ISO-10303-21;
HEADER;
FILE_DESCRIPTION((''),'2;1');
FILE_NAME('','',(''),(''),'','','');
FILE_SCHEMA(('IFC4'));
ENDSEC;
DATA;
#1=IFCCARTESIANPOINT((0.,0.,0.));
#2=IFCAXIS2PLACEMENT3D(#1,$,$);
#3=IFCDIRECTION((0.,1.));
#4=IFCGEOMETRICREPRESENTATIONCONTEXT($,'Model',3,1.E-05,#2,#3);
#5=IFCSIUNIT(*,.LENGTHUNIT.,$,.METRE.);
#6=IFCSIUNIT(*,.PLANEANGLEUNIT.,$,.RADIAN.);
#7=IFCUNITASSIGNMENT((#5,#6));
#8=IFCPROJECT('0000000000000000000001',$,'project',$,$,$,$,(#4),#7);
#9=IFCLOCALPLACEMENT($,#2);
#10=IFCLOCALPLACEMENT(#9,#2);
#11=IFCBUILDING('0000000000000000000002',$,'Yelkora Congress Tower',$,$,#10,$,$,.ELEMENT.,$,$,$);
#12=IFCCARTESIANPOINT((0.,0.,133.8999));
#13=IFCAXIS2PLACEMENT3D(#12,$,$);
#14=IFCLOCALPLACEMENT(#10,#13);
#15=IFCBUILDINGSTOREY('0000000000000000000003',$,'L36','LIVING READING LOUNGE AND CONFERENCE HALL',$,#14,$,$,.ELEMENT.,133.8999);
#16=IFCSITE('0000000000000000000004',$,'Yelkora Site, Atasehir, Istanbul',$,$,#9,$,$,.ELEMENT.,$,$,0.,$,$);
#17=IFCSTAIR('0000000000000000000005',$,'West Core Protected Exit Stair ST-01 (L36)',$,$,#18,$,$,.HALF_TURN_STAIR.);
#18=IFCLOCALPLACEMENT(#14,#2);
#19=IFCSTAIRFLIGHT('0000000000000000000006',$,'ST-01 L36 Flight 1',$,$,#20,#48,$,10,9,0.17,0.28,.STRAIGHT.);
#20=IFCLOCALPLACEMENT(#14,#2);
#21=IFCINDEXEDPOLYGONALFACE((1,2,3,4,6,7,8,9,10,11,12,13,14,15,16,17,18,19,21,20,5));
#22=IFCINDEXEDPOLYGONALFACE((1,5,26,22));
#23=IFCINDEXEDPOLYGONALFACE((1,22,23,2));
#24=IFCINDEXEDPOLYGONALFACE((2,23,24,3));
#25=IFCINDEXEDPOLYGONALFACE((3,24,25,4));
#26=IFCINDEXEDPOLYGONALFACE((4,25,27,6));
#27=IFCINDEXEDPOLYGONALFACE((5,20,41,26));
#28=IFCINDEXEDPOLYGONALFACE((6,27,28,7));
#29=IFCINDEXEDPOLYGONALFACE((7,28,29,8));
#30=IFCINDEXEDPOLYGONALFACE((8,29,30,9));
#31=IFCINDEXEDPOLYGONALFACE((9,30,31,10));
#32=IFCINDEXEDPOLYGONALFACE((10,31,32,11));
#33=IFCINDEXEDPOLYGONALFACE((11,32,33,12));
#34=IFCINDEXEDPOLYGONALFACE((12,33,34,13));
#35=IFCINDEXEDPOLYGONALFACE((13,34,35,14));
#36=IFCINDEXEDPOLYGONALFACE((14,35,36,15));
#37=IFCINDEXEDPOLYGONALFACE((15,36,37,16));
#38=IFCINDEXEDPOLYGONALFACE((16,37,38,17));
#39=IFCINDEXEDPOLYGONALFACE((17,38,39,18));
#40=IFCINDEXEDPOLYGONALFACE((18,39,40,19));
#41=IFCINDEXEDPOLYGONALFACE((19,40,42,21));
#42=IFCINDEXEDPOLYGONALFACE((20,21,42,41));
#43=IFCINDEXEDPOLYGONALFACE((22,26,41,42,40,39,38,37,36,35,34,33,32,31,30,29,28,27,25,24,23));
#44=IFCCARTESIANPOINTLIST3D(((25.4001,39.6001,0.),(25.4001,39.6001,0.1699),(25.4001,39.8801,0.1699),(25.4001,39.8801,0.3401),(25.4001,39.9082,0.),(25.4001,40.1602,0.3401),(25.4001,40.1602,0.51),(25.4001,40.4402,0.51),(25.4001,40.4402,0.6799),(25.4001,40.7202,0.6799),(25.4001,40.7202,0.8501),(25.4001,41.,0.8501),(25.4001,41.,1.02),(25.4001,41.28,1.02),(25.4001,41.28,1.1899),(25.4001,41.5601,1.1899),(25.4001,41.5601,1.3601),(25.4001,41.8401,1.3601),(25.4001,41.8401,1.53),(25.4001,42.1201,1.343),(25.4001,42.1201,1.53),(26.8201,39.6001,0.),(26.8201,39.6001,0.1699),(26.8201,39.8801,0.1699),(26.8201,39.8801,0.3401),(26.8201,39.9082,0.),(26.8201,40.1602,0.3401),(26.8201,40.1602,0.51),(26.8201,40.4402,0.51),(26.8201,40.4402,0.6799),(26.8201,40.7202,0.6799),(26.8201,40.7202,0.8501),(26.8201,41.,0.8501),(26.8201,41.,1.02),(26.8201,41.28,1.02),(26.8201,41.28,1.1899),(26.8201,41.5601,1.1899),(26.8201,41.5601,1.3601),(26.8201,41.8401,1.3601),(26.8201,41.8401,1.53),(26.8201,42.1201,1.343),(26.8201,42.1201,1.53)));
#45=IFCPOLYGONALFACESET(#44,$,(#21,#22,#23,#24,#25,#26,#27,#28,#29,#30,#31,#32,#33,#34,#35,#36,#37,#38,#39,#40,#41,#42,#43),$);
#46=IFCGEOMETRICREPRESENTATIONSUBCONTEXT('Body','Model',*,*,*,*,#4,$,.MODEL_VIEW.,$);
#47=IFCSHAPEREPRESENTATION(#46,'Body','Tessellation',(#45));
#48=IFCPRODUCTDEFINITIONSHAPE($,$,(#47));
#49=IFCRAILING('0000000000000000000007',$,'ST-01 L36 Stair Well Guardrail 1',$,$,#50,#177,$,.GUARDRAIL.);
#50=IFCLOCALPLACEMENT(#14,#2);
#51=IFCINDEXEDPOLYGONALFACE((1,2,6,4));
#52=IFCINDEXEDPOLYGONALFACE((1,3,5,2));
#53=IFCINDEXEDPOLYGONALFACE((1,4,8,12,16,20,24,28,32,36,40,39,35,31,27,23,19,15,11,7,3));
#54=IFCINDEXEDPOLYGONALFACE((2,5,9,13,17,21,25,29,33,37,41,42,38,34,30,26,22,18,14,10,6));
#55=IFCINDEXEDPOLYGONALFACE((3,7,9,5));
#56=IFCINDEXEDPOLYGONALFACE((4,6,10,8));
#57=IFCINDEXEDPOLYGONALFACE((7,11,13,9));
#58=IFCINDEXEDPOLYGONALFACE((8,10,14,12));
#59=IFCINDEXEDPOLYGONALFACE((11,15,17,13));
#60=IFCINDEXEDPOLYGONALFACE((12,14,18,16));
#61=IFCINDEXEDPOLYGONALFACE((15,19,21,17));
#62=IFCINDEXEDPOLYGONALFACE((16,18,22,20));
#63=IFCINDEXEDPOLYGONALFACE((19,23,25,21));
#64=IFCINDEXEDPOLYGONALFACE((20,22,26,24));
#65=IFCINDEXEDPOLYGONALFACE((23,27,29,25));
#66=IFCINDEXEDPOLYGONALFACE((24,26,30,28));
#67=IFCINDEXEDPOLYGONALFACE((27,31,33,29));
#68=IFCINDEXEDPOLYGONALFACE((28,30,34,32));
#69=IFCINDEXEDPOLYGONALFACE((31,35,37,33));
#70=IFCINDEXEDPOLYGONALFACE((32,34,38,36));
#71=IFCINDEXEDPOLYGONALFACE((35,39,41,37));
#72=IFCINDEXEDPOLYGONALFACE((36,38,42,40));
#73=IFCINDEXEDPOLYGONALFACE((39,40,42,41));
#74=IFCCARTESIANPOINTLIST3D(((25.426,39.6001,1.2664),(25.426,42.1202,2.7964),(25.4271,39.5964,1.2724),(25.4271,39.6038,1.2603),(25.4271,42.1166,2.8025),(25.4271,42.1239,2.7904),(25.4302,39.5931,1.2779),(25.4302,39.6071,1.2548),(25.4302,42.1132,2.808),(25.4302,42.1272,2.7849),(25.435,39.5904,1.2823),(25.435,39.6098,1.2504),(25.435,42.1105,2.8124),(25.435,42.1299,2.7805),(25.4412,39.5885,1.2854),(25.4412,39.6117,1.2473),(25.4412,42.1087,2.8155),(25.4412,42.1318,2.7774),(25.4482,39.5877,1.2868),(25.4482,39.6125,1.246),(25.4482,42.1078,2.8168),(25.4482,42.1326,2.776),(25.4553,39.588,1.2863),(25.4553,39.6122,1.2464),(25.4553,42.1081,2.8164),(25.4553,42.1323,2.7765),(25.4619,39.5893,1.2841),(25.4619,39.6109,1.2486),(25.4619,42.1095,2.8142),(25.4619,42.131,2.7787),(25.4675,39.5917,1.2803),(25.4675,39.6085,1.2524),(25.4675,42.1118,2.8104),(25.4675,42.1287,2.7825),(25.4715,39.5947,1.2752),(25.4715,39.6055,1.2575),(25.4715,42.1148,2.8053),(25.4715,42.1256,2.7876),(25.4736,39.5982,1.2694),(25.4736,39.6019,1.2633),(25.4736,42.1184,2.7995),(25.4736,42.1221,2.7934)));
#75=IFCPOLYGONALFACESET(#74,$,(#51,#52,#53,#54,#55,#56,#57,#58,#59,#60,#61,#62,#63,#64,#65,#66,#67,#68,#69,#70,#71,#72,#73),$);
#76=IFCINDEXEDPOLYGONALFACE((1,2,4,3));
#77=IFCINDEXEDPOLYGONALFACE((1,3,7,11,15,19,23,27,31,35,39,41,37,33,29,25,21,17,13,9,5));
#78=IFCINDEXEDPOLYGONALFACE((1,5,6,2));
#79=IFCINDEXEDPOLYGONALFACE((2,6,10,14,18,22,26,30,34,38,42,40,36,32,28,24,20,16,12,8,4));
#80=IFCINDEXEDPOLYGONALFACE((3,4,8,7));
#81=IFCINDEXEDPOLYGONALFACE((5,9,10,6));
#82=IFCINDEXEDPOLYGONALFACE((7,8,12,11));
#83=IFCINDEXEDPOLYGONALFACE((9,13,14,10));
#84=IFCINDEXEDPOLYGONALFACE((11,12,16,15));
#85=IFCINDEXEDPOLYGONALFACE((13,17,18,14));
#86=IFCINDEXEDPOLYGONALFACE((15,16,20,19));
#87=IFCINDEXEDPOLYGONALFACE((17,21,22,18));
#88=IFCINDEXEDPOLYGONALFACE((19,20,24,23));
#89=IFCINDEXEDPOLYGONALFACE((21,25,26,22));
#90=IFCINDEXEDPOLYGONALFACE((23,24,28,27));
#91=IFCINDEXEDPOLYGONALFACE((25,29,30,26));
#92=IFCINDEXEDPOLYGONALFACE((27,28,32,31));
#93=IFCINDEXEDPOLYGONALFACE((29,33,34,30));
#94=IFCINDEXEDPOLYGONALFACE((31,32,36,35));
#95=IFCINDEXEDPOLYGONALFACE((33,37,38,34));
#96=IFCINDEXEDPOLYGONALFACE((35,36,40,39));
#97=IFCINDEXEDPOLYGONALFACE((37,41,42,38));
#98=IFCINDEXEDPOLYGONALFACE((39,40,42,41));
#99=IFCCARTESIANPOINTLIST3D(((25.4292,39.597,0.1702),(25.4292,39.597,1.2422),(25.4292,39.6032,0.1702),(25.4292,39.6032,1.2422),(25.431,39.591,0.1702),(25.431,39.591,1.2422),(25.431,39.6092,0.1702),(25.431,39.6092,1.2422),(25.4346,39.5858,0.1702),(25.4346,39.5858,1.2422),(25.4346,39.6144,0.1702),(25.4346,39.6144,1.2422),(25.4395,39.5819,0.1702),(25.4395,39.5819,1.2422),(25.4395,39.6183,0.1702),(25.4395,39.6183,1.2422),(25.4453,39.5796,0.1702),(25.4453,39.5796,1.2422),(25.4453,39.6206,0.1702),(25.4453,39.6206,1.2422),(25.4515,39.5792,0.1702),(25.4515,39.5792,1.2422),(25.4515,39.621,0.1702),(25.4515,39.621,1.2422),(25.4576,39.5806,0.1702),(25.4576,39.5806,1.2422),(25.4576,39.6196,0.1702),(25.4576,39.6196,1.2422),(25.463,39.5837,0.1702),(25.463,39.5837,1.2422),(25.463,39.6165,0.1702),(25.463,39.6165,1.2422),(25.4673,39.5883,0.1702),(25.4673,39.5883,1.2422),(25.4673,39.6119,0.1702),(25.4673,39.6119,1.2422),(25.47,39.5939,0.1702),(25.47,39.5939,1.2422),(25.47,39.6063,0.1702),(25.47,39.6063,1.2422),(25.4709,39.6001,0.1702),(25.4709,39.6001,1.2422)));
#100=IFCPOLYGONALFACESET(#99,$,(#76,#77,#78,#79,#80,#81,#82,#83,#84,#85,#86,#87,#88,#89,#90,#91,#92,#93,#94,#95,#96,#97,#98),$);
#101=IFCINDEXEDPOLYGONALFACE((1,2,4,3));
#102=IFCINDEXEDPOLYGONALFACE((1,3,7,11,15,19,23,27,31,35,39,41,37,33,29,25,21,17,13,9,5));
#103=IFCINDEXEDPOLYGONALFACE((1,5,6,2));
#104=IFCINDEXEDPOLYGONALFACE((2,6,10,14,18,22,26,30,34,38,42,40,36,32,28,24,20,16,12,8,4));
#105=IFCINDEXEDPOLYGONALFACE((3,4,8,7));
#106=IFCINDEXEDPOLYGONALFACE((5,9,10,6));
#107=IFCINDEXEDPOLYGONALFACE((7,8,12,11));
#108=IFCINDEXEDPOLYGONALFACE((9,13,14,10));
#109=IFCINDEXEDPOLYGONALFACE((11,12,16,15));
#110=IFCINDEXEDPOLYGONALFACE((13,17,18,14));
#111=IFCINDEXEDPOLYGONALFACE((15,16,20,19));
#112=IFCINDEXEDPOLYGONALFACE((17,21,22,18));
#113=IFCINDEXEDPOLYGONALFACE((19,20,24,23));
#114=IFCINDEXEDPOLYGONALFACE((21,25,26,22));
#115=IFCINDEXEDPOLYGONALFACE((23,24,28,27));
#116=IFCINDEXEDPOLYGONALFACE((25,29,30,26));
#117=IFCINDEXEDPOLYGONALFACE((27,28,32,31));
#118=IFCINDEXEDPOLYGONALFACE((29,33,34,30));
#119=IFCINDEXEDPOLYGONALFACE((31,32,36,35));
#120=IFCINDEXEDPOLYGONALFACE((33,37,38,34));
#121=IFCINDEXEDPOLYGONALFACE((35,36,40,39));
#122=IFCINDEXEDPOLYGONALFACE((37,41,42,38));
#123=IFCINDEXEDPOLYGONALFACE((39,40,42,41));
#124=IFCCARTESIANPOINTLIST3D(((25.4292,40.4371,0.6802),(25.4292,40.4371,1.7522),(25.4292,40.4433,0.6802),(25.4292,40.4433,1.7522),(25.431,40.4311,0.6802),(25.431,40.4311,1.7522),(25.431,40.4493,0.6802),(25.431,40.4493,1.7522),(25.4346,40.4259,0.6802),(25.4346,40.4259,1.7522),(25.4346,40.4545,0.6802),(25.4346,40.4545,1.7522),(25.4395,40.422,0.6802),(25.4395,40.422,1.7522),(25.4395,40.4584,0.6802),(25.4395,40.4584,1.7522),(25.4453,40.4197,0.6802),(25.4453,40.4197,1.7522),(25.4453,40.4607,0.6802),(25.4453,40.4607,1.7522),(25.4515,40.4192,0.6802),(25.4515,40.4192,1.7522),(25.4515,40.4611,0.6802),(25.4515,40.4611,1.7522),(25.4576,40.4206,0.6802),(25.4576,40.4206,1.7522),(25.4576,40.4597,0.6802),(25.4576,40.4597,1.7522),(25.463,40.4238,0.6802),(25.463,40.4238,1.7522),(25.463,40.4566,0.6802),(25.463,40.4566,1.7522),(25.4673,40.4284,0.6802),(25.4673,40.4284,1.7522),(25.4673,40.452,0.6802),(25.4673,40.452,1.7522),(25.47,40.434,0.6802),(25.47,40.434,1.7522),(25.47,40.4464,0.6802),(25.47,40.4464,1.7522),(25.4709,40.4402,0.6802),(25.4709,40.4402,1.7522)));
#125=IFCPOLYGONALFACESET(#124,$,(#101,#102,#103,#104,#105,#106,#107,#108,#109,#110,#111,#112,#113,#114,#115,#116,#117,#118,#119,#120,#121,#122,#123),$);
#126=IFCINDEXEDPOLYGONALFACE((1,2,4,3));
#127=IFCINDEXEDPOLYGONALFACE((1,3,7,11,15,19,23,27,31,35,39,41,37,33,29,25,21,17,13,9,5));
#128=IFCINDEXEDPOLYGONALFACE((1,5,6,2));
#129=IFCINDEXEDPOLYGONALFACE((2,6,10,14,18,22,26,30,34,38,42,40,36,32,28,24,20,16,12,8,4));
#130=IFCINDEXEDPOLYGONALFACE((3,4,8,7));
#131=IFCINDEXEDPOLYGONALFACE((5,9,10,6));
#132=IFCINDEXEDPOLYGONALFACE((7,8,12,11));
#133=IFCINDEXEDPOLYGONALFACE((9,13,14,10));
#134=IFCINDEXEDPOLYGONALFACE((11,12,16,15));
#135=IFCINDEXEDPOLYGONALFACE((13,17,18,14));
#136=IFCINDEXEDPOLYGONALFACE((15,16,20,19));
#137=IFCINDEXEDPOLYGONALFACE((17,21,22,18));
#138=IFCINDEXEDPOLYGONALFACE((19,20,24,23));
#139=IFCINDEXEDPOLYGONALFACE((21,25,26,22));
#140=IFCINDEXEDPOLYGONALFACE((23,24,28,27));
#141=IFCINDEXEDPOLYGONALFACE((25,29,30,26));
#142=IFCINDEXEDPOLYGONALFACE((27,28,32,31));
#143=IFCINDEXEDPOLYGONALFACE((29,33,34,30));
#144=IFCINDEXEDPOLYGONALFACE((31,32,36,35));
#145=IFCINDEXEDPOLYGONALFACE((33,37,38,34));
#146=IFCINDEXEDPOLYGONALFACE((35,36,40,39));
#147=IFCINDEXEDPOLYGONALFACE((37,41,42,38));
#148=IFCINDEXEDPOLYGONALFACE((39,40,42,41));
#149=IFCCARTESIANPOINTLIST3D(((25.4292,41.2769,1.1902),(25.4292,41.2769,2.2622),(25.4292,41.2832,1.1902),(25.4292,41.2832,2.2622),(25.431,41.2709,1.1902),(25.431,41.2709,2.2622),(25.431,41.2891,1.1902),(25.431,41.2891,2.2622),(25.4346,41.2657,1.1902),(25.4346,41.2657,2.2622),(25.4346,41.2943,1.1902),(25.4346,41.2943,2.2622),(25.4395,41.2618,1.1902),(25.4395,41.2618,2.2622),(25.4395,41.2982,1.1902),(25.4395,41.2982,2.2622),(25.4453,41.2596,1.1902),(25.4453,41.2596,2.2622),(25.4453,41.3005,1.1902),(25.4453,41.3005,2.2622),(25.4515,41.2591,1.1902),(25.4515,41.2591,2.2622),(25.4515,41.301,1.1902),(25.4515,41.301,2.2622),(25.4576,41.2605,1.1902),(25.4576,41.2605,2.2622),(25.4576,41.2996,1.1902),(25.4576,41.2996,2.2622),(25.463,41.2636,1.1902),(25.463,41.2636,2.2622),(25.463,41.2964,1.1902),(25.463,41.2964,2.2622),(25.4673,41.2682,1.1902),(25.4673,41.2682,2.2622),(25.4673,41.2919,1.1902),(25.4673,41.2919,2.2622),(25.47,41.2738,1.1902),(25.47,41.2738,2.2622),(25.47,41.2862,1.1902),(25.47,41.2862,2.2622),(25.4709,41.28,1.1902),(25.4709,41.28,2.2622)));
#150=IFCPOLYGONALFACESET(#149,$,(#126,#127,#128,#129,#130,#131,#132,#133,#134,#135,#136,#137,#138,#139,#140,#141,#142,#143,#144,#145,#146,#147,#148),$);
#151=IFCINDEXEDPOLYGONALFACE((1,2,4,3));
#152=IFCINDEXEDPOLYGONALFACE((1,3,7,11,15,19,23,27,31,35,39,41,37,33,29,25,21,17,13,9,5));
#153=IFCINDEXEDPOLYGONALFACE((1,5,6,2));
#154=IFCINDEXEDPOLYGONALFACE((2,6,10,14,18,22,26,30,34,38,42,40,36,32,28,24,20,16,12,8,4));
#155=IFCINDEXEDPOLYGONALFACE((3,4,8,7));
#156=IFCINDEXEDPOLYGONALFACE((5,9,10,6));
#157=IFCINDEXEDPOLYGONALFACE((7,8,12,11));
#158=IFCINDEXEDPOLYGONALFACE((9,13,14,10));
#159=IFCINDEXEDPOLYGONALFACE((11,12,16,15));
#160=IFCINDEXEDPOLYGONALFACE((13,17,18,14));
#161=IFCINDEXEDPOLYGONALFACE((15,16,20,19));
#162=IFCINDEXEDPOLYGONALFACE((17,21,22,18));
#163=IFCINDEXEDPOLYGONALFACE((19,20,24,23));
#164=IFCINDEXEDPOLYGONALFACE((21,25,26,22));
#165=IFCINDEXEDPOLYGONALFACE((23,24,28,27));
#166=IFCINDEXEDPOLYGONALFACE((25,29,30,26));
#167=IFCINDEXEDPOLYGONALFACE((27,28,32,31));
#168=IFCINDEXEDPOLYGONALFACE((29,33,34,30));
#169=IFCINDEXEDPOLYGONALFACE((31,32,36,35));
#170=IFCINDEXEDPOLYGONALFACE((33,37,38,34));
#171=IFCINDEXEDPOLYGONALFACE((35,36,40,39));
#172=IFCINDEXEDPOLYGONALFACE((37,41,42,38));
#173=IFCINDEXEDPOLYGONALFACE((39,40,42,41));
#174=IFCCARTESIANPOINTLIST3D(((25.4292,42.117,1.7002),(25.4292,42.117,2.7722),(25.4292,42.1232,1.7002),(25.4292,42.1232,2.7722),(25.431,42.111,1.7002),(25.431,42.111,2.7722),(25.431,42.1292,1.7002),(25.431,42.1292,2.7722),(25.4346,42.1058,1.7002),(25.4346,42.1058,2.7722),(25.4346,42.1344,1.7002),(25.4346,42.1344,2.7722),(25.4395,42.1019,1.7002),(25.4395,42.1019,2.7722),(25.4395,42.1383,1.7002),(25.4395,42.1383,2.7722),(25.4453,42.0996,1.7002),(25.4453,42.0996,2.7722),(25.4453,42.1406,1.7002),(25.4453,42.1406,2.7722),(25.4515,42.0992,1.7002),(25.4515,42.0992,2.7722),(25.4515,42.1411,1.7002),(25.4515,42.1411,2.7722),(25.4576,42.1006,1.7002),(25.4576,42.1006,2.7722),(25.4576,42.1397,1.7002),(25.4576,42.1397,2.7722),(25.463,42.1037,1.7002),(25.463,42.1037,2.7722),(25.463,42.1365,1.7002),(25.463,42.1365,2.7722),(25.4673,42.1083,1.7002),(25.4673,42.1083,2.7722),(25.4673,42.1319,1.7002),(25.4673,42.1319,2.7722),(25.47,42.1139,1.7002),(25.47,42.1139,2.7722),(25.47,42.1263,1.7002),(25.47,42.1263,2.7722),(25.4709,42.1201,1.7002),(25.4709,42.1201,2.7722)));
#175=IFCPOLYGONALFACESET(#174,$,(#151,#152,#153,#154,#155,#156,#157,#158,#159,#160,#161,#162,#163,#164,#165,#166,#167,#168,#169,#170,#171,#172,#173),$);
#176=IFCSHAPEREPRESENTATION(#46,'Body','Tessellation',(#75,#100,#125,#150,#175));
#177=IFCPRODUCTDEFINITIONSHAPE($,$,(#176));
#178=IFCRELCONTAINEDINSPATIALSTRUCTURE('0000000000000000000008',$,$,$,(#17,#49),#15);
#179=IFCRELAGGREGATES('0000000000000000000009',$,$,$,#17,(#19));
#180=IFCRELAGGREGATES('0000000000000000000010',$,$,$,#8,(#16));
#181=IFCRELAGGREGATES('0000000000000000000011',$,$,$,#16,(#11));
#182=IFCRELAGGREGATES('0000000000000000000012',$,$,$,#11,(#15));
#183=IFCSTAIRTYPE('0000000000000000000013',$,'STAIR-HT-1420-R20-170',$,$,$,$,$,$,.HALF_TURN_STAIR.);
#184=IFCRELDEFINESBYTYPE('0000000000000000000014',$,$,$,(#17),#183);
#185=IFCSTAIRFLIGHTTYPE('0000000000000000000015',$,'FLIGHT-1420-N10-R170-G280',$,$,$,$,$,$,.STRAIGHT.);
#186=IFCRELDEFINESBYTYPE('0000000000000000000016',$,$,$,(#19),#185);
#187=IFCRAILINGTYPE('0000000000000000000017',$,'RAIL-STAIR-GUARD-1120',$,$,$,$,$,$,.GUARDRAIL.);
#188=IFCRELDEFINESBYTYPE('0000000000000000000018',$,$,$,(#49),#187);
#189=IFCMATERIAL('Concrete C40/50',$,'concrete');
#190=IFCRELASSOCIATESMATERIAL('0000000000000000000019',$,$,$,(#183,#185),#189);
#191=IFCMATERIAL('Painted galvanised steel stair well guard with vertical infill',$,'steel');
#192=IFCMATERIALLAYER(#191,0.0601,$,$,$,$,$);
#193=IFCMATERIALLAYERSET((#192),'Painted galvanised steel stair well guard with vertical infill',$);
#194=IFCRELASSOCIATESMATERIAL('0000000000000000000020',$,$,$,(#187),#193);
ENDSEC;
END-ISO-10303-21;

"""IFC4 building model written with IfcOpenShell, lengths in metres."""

from ifc_helpers import new_model, si_unit, direction, frame, origin, origin_2d, place, context, subcontext, project, spatial, polyline, circle, outline, extrude, material, layer, layer_set, type_object, element, aggregate, save


model = new_model("IFC4")

# Units and contexts
model_context = context("Model", 3, precision=1e-05, world=origin(), true_north=direction((0.0, 1.0)))
body_context = subcontext(model_context, "Body", "Model", "MODEL_VIEW")
ifc_project = project(units=[si_unit("LENGTHUNIT", "METRE"), si_unit("PLANEANGLEUNIT", "RADIAN")], contexts=[model_context])

# Site, building, storey
site_placement = place(None, origin())
site = spatial("IfcSite", under=ifc_project, at=site_placement, Name="Yelkora Site, Atasehir, Istanbul", CompositionType="ELEMENT", RefElevation=0.0)
building_placement = place(site_placement, origin())
building = spatial("IfcBuilding", under=site, at=building_placement, Name="Yelkora Congress Tower", CompositionType="ELEMENT")
storey_placement = place(building_placement, frame((0.0, 0.0, 133.8999)))
storey = spatial("IfcBuildingStorey", under=building, at=storey_placement, Name="L36", Description="LIVING READING LOUNGE AND CONFERENCE HALL", CompositionType="ELEMENT", Elevation=133.8999)

# Stair, stair flight
ifc_material_1 = material(Name="Concrete C40/50", Category="concrete")
stair_type = type_object("IfcStairType", Name="STAIR-HT-1420-R20-170", PredefinedType="HALF_TURN_STAIR", material=ifc_material_1)
stair_placement = place(storey_placement, origin())
stair = element("IfcStair", 1, at=stair_placement, inside=storey, type_object=stair_type, Name="West Core Protected Exit Stair ST-01 (L36)", PredefinedType="HALF_TURN_STAIR")
stair_flight_type = type_object("IfcStairFlightType", Name="FLIGHT-1420-N10-R170-G280", PredefinedType="STRAIGHT", material=ifc_material_1)
stair_flight_placement = place(storey_placement, frame((26.1101, 39.6001, 0.0), z_axis=(0.0, 0.0, 1.0), x_axis=(0.0, 1.0, 0.0)))
stair_flight = element("IfcStairFlight", 2, at=stair_flight_placement, type_object=stair_flight_type, Name="ST-01 L36 Flight 1", NumberOfRisers=10, NumberOfTreads=9, PredefinedType="STRAIGHT", RiserHeight=0.17, TreadLength=0.28, context=body_context, shape_type="SweptSolid", body=[
    extrude(outline(polyline([(0.0, 0.0), (0.0, 0.1699), (0.28, 0.1699), (0.28, 0.3401), (0.5601, 0.3401), (0.5601, 0.51), (0.8401, 0.51), (0.8401, 0.6799), (1.1201, 0.6799), (1.1201, 0.8501), (1.3999, 0.8501), (1.3999, 1.02), (1.6799, 1.02), (1.6799, 1.1899), (1.96, 1.1899), (1.96, 1.3601), (2.24, 1.3601), (2.24, 1.53), (2.52, 1.53), (2.52, 1.7), (2.52, 1.343), (0.3081, 0.0), (0.0, 0.0)])), frame((0.0, 0.71, 0.0), z_axis=(0.0, -1.0, 0.0), x_axis=(1.0, 0.0, 0.0)), (0.0, 0.0, 1.0), 1.4199),
])
aggregate(stair, [stair_flight])

# Railing
ifc_material_2 = material(Name="Painted galvanised steel stair well guard with vertical infill", Category="steel")
ifc_layer_1 = layer(ifc_material_2, 0.0601)
ifc_layer_set_1 = layer_set([ifc_layer_1], Name="Painted galvanised steel stair well guard with vertical infill")
railing_type_1 = type_object("IfcRailingType", Name="RAIL-STAIR-GUARD-1120", PredefinedType="GUARDRAIL", material=ifc_layer_set_1)
railing_1_placement = place(storey_placement, frame((25.45, 39.6001, 0.1702)))
element("IfcRailing", 3, at=railing_1_placement, inside=storey, type_object=railing_type_1, Name="ST-01 L36 Stair Well Guardrail 1", PredefinedType="GUARDRAIL", context=body_context, shape_type="SweptSolid", body=[
    extrude(circle(Radius=0.0239, at=origin_2d()), frame((0.0, 0.0, 1.0962), z_axis=(0.0, 0.854785, 0.518982), x_axis=(-1.0, 0.0, 0.0)), (0.0, 0.0, 1.0), 2.9482),
    extrude(circle(Radius=0.021, at=origin_2d()), origin(), (0.0, 0.0, 1.0), 1.072),
    extrude(circle(Radius=0.021, at=origin_2d()), frame((0.0, 0.8401, 0.51)), (0.0, 0.0, 1.0), 1.072),
    extrude(circle(Radius=0.021, at=origin_2d()), frame((0.0, 1.6799, 1.02)), (0.0, 0.0, 1.0), 1.072),
    extrude(circle(Radius=0.021, at=origin_2d()), frame((0.0, 2.52, 1.53)), (0.0, 0.0, 1.0), 1.072),
])

save(model, "model.ifc")
